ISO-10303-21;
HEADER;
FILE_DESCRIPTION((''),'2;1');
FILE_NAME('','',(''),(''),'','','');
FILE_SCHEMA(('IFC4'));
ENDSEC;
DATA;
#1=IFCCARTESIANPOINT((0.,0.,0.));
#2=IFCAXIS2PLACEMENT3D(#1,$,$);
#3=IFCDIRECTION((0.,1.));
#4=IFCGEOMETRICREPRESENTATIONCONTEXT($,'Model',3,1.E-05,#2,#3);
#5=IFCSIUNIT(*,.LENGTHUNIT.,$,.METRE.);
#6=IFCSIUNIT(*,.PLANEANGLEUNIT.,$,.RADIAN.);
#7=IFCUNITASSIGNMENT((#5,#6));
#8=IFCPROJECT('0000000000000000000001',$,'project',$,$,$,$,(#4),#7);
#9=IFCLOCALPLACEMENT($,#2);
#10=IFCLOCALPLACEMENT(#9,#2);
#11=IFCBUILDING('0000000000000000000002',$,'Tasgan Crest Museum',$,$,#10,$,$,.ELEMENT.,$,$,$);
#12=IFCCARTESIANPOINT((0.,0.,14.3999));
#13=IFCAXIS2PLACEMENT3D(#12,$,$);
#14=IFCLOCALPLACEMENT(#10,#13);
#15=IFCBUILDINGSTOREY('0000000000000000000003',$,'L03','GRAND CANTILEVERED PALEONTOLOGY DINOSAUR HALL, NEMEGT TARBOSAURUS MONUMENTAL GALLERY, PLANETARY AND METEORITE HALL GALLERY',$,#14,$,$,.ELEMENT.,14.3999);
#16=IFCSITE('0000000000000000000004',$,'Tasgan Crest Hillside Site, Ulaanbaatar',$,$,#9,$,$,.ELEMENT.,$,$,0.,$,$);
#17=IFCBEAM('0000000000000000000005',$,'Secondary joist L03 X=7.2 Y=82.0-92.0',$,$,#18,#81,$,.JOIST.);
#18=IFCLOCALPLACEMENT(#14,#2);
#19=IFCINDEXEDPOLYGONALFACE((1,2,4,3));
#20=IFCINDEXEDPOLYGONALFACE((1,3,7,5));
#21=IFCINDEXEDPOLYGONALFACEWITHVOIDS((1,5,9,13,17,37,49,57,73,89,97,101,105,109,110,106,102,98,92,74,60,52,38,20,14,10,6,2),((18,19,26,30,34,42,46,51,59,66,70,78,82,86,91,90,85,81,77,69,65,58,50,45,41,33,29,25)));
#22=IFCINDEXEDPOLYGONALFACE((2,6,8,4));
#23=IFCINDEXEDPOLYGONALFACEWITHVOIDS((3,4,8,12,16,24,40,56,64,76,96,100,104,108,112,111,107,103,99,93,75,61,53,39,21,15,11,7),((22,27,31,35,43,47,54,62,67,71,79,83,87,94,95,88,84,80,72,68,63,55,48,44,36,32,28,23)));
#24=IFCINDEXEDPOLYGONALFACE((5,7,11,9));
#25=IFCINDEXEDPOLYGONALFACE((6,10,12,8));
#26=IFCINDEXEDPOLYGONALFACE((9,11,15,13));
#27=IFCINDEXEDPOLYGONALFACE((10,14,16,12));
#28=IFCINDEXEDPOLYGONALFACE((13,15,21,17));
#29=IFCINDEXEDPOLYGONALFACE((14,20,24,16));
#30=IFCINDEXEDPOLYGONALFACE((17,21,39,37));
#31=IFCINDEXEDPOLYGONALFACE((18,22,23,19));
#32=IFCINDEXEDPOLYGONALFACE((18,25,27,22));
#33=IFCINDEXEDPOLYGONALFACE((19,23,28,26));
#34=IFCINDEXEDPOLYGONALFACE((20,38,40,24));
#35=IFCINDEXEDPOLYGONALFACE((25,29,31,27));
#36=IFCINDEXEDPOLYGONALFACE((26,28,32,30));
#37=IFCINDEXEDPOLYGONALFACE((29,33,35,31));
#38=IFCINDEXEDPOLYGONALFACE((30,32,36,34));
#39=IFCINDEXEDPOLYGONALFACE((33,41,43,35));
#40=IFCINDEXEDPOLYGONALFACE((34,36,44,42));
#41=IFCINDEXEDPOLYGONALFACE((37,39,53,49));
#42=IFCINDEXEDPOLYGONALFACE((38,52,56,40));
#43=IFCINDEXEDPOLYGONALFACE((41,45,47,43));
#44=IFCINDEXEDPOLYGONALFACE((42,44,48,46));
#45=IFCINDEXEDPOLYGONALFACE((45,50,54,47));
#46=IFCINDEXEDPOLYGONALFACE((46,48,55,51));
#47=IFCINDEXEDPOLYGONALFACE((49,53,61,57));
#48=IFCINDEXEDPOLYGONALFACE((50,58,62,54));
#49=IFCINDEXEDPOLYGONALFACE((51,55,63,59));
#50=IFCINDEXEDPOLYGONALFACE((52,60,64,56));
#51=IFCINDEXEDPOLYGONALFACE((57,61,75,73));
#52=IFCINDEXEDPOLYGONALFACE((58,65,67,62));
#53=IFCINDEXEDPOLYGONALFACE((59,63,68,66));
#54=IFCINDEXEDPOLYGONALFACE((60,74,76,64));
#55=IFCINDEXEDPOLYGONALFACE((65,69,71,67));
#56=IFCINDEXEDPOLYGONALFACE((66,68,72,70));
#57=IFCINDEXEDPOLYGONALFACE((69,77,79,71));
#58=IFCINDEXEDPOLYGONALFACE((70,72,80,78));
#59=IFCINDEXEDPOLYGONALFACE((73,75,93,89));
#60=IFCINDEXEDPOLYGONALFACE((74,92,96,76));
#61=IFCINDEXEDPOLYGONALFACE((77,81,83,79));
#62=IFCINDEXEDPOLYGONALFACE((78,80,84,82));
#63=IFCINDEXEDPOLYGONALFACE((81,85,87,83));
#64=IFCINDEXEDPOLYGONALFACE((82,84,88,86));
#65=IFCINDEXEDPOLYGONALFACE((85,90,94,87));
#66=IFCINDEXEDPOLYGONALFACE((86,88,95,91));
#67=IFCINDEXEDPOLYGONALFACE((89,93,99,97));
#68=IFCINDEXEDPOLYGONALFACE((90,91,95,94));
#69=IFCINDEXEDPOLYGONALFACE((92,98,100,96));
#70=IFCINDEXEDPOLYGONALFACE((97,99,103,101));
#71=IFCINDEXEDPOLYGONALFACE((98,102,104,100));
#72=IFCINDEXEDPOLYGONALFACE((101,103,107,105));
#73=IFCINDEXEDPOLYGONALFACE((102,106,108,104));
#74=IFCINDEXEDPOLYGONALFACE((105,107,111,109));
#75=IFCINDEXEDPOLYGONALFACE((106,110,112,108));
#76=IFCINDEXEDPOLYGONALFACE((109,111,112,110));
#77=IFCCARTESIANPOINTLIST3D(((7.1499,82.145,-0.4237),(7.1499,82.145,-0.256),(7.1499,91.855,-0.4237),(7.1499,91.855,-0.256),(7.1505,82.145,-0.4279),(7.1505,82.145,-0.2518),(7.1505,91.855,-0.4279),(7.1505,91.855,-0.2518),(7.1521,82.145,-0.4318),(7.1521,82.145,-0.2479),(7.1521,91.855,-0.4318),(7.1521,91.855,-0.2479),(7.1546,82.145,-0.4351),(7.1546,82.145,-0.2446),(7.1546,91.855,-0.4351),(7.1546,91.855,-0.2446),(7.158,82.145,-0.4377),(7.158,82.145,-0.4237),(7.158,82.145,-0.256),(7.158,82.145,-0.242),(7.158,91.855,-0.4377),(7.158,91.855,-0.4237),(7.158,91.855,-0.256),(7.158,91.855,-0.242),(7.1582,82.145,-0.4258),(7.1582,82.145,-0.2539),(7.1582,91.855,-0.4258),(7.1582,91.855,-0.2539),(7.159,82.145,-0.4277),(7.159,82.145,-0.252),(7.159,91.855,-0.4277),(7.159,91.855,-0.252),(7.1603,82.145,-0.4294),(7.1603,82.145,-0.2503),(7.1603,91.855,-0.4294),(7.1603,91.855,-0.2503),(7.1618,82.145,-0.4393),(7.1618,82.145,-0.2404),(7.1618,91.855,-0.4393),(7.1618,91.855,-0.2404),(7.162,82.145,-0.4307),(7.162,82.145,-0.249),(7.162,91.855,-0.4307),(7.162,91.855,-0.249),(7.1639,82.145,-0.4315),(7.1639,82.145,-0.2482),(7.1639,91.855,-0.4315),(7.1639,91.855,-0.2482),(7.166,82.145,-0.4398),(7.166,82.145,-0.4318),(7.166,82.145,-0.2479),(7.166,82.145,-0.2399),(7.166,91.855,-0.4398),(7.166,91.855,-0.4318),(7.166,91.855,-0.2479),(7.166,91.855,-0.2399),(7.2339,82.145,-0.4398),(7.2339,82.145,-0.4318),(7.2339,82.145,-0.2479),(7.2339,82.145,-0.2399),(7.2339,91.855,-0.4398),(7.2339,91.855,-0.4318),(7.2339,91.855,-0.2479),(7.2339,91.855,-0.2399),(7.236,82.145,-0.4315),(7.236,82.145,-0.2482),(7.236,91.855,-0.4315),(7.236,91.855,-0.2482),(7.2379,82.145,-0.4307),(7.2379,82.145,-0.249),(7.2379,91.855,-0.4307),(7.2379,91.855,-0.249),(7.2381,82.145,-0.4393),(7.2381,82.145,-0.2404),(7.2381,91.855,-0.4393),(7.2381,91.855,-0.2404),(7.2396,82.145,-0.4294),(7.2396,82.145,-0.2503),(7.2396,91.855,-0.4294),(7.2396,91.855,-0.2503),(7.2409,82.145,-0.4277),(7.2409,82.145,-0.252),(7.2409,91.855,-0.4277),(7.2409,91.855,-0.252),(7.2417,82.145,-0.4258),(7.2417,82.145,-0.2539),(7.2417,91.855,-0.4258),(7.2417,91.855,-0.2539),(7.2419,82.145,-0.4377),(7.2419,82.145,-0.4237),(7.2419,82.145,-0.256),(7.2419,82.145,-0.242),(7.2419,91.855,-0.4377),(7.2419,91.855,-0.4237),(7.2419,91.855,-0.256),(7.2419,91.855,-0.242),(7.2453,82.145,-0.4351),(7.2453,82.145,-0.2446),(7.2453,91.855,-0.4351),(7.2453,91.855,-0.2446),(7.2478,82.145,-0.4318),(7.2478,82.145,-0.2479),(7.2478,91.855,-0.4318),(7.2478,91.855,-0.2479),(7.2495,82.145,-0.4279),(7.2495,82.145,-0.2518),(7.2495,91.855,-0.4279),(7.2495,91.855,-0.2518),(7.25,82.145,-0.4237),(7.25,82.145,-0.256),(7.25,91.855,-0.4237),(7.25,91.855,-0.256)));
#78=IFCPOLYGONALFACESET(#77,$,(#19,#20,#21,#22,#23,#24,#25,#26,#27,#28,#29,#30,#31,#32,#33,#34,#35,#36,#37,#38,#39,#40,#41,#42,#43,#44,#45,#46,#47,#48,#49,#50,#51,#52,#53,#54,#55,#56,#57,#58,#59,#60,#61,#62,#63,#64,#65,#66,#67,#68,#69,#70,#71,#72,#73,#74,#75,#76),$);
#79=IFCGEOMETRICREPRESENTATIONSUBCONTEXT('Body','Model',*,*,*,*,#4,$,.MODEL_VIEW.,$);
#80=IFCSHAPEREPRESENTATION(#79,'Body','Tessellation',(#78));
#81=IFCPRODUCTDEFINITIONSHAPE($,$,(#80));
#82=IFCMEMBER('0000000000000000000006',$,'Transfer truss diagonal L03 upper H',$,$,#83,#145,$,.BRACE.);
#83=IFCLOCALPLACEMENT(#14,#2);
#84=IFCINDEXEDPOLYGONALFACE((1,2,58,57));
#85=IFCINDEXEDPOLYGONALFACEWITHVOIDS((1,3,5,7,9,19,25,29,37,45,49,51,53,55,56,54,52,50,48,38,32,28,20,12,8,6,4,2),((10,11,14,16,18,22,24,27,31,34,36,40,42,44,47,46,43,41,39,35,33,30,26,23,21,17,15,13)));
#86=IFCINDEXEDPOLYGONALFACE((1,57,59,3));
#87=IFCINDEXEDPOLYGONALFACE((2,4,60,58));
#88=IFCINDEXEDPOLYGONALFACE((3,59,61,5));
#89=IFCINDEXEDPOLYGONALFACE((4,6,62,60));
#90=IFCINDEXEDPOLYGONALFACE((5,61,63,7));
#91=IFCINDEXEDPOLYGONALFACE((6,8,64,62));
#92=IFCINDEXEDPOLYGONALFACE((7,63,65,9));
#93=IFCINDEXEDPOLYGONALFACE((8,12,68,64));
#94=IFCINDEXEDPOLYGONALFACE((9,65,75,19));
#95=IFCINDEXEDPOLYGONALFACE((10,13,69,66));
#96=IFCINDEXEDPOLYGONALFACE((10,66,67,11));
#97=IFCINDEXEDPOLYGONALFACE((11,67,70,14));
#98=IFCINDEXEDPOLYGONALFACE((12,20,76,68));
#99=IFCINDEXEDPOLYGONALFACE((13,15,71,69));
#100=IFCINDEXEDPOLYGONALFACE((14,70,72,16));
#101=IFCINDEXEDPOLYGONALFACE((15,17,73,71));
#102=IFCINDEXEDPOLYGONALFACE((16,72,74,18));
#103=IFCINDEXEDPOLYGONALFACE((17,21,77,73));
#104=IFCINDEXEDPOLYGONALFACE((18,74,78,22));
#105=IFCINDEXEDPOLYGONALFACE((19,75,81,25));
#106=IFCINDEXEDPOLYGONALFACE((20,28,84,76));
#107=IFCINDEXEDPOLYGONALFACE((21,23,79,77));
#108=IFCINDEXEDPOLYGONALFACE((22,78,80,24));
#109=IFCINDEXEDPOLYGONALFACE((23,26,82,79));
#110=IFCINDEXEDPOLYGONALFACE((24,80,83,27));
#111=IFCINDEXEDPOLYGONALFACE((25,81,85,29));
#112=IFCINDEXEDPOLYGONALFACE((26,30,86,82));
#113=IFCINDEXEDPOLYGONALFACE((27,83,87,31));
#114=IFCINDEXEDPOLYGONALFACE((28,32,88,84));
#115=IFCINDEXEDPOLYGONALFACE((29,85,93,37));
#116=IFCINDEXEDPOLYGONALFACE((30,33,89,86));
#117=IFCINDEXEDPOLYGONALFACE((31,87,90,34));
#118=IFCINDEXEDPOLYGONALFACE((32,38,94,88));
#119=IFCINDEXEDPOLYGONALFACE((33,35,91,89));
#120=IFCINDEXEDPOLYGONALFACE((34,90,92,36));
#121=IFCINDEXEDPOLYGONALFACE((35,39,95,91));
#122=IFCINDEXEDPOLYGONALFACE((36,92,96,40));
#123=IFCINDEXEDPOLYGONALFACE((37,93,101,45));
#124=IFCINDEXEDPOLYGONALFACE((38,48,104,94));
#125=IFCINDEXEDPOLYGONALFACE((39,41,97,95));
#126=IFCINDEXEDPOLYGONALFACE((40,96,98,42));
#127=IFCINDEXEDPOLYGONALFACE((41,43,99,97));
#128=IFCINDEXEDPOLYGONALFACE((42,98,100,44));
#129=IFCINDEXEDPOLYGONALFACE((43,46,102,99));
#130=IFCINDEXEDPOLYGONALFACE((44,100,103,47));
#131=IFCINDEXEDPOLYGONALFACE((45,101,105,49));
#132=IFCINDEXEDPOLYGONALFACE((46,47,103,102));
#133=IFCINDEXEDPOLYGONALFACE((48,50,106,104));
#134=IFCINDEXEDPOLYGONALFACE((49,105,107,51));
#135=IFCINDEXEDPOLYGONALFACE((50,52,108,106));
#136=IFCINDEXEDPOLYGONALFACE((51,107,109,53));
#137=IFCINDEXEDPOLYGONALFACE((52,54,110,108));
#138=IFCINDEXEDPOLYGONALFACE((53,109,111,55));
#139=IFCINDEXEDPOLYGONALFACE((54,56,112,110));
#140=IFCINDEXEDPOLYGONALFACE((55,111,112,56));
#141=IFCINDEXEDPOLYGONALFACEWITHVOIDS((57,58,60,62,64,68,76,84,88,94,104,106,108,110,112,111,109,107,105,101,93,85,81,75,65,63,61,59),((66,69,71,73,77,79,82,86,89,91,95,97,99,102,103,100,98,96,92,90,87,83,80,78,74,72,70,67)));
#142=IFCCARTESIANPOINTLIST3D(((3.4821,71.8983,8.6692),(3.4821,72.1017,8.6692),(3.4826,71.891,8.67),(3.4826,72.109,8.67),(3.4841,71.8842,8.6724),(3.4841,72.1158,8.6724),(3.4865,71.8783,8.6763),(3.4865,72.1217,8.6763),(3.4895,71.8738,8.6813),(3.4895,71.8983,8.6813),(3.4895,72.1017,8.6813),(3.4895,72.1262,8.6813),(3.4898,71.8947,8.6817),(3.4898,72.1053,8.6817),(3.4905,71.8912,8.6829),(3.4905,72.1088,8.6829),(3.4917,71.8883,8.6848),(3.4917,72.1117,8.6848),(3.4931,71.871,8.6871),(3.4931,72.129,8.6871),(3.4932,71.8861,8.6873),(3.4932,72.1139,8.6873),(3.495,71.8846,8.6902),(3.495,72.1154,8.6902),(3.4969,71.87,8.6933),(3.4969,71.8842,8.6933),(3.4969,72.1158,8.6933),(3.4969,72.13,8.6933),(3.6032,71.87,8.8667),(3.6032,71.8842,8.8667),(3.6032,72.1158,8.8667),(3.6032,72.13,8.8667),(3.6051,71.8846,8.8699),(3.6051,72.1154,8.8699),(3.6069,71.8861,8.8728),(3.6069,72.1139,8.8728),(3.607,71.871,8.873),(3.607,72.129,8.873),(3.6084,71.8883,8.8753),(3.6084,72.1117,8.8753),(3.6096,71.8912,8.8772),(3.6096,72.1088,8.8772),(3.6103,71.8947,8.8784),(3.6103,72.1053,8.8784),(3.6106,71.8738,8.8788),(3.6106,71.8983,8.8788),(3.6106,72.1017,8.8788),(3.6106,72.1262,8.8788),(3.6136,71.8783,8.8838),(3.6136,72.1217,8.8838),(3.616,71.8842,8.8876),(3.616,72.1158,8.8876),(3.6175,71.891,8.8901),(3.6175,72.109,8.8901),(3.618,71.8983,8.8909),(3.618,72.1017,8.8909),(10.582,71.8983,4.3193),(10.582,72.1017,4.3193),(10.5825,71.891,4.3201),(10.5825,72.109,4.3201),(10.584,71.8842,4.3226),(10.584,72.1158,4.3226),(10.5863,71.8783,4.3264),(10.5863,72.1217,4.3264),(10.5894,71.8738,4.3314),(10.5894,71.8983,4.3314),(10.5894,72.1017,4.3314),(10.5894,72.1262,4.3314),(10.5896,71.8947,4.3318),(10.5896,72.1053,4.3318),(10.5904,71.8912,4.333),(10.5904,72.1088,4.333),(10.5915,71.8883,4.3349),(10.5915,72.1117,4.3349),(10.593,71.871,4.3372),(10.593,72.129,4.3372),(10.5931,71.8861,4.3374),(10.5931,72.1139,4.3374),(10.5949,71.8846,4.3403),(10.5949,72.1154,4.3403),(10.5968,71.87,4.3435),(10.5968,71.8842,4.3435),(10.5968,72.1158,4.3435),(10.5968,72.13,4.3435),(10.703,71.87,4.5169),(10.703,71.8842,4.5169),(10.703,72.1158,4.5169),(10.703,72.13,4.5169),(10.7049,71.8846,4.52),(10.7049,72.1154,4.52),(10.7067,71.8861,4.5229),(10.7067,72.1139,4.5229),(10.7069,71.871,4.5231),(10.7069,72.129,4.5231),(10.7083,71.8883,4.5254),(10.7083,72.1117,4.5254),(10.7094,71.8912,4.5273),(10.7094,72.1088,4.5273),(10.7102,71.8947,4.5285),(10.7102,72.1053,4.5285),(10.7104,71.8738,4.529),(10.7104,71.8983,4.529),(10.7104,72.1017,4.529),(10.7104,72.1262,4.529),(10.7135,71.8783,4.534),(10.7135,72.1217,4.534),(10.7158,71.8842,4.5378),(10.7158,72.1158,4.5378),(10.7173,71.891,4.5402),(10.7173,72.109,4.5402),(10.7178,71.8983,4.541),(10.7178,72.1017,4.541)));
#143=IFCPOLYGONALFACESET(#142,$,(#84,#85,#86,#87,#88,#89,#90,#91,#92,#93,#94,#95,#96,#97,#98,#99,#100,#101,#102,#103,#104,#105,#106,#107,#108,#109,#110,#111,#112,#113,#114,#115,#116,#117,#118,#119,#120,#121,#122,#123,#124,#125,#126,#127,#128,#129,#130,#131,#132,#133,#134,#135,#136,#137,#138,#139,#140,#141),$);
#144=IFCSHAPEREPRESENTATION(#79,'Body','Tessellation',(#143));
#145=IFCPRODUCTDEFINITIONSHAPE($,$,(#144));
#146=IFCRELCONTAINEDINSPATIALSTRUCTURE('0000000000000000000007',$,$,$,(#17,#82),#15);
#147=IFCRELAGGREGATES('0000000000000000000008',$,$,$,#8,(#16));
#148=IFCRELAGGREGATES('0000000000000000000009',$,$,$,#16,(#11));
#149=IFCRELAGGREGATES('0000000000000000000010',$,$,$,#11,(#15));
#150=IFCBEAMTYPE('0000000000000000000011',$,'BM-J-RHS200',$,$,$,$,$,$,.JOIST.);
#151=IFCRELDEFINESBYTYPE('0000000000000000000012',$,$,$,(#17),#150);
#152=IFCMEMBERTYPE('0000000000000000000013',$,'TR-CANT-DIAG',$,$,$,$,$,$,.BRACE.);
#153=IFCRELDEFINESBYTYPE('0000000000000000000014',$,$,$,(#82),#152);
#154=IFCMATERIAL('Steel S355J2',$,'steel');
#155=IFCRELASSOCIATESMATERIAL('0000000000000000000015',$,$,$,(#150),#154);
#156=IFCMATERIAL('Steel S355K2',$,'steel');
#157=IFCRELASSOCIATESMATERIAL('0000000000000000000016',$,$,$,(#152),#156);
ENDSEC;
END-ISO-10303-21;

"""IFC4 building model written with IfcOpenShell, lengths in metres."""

from ifc_helpers import new_model, si_unit, direction, frame, origin, origin_2d, place, context, subcontext, project, spatial, hollow_rectangle, extrude, material, material_profile, profile_set, type_object, element, save


model = new_model("IFC4")

# Units and contexts
model_context = context("Model", 3, precision=1e-05, world=origin(), true_north=direction((0.0, 1.0)))
body_context = subcontext(model_context, "Body", "Model", "MODEL_VIEW")
ifc_project = project(units=[si_unit("LENGTHUNIT", "METRE"), si_unit("PLANEANGLEUNIT", "RADIAN")], contexts=[model_context])

# Site, building, storey
site_placement = place(None, origin())
site = spatial("IfcSite", under=ifc_project, at=site_placement, Name="Tasgan Crest Hillside Site, Ulaanbaatar", CompositionType="ELEMENT", RefElevation=0.0)
building_placement = place(site_placement, origin())
building = spatial("IfcBuilding", under=site, at=building_placement, Name="Tasgan Crest Museum", CompositionType="ELEMENT")
storey_placement = place(building_placement, frame((0.0, 0.0, 14.3999)))
storey = spatial("IfcBuildingStorey", under=building, at=storey_placement, Name="L03", Description="GRAND CANTILEVERED PALEONTOLOGY DINOSAUR HALL, NEMEGT TARBOSAURUS MONUMENTAL GALLERY, PLANETARY AND METEORITE HALL GALLERY", CompositionType="ELEMENT", Elevation=14.3999)

# Beam
ifc_material_1 = material(Name="Steel S355J2", Category="steel")
ifc_material_profile_1 = material_profile(ifc_material_1, hollow_rectangle(XDim=0.1001, YDim=0.2, WallThickness=0.0081, InnerFilletRadius=0.0081, OuterFilletRadius=0.0161, at=origin_2d()), Name="RHS 200x100x8")
ifc_profile_set_1 = profile_set([ifc_material_profile_1], Name="Steel S355J2")
beam_type_1 = type_object("IfcBeamType", Name="BM-J-RHS200", PredefinedType="JOIST", material=ifc_profile_set_1)
for number, where, z_axis, x_axis, name in (
    (1, (7.2, 82.145, -0.3398), (0.0, 1.0, 0.0), (-1.0, 0.0, 0.0), "Secondary joist L03 X=7.2 Y=82.0-92.0"),
):
    element("IfcBeam", number, at=place(storey_placement, frame(where, z_axis=z_axis, x_axis=x_axis)), inside=storey, type_object=beam_type_1, Name=name, PredefinedType="JOIST", context=body_context, shape_type="SweptSolid", body=[
        extrude(hollow_rectangle(XDim=0.1001, YDim=0.2, WallThickness=0.0081, InnerFilletRadius=0.0081, OuterFilletRadius=0.0161, at=origin_2d()), origin(), (0.0, 0.0, 1.0), 9.71),
    ])

# Member
ifc_material_2 = material(Name="Steel S355K2", Category="steel")
ifc_material_profile_2 = material_profile(ifc_material_2, hollow_rectangle(XDim=0.26, YDim=0.26, WallThickness=0.0142, InnerFilletRadius=0.0142, OuterFilletRadius=0.0283, at=origin_2d()), Name="SHS 260x260x14.2")
ifc_profile_set_2 = profile_set([ifc_material_profile_2], Name="Steel S355K2")
member_type = type_object("IfcMemberType", Name="TR-CANT-DIAG", PredefinedType="BRACE", material=ifc_profile_set_2)
member_1_placement = place(storey_placement, frame((10.6499, 72.0, 4.4302), z_axis=(-0.852691, 0.0, 0.522416), x_axis=(0.0, -1.0, 0.0)))
element("IfcMember", 2, at=member_1_placement, inside=storey, type_object=member_type, Name="Transfer truss diagonal L03 upper H", PredefinedType="BRACE", context=body_context, shape_type="SweptSolid", body=[
    extrude(hollow_rectangle(XDim=0.26, YDim=0.26, WallThickness=0.0142, InnerFilletRadius=0.0142, OuterFilletRadius=0.0283, at=origin_2d()), origin(), (0.0, 0.0, 1.0), 8.3264),
])

save(model, "model.ifc")
